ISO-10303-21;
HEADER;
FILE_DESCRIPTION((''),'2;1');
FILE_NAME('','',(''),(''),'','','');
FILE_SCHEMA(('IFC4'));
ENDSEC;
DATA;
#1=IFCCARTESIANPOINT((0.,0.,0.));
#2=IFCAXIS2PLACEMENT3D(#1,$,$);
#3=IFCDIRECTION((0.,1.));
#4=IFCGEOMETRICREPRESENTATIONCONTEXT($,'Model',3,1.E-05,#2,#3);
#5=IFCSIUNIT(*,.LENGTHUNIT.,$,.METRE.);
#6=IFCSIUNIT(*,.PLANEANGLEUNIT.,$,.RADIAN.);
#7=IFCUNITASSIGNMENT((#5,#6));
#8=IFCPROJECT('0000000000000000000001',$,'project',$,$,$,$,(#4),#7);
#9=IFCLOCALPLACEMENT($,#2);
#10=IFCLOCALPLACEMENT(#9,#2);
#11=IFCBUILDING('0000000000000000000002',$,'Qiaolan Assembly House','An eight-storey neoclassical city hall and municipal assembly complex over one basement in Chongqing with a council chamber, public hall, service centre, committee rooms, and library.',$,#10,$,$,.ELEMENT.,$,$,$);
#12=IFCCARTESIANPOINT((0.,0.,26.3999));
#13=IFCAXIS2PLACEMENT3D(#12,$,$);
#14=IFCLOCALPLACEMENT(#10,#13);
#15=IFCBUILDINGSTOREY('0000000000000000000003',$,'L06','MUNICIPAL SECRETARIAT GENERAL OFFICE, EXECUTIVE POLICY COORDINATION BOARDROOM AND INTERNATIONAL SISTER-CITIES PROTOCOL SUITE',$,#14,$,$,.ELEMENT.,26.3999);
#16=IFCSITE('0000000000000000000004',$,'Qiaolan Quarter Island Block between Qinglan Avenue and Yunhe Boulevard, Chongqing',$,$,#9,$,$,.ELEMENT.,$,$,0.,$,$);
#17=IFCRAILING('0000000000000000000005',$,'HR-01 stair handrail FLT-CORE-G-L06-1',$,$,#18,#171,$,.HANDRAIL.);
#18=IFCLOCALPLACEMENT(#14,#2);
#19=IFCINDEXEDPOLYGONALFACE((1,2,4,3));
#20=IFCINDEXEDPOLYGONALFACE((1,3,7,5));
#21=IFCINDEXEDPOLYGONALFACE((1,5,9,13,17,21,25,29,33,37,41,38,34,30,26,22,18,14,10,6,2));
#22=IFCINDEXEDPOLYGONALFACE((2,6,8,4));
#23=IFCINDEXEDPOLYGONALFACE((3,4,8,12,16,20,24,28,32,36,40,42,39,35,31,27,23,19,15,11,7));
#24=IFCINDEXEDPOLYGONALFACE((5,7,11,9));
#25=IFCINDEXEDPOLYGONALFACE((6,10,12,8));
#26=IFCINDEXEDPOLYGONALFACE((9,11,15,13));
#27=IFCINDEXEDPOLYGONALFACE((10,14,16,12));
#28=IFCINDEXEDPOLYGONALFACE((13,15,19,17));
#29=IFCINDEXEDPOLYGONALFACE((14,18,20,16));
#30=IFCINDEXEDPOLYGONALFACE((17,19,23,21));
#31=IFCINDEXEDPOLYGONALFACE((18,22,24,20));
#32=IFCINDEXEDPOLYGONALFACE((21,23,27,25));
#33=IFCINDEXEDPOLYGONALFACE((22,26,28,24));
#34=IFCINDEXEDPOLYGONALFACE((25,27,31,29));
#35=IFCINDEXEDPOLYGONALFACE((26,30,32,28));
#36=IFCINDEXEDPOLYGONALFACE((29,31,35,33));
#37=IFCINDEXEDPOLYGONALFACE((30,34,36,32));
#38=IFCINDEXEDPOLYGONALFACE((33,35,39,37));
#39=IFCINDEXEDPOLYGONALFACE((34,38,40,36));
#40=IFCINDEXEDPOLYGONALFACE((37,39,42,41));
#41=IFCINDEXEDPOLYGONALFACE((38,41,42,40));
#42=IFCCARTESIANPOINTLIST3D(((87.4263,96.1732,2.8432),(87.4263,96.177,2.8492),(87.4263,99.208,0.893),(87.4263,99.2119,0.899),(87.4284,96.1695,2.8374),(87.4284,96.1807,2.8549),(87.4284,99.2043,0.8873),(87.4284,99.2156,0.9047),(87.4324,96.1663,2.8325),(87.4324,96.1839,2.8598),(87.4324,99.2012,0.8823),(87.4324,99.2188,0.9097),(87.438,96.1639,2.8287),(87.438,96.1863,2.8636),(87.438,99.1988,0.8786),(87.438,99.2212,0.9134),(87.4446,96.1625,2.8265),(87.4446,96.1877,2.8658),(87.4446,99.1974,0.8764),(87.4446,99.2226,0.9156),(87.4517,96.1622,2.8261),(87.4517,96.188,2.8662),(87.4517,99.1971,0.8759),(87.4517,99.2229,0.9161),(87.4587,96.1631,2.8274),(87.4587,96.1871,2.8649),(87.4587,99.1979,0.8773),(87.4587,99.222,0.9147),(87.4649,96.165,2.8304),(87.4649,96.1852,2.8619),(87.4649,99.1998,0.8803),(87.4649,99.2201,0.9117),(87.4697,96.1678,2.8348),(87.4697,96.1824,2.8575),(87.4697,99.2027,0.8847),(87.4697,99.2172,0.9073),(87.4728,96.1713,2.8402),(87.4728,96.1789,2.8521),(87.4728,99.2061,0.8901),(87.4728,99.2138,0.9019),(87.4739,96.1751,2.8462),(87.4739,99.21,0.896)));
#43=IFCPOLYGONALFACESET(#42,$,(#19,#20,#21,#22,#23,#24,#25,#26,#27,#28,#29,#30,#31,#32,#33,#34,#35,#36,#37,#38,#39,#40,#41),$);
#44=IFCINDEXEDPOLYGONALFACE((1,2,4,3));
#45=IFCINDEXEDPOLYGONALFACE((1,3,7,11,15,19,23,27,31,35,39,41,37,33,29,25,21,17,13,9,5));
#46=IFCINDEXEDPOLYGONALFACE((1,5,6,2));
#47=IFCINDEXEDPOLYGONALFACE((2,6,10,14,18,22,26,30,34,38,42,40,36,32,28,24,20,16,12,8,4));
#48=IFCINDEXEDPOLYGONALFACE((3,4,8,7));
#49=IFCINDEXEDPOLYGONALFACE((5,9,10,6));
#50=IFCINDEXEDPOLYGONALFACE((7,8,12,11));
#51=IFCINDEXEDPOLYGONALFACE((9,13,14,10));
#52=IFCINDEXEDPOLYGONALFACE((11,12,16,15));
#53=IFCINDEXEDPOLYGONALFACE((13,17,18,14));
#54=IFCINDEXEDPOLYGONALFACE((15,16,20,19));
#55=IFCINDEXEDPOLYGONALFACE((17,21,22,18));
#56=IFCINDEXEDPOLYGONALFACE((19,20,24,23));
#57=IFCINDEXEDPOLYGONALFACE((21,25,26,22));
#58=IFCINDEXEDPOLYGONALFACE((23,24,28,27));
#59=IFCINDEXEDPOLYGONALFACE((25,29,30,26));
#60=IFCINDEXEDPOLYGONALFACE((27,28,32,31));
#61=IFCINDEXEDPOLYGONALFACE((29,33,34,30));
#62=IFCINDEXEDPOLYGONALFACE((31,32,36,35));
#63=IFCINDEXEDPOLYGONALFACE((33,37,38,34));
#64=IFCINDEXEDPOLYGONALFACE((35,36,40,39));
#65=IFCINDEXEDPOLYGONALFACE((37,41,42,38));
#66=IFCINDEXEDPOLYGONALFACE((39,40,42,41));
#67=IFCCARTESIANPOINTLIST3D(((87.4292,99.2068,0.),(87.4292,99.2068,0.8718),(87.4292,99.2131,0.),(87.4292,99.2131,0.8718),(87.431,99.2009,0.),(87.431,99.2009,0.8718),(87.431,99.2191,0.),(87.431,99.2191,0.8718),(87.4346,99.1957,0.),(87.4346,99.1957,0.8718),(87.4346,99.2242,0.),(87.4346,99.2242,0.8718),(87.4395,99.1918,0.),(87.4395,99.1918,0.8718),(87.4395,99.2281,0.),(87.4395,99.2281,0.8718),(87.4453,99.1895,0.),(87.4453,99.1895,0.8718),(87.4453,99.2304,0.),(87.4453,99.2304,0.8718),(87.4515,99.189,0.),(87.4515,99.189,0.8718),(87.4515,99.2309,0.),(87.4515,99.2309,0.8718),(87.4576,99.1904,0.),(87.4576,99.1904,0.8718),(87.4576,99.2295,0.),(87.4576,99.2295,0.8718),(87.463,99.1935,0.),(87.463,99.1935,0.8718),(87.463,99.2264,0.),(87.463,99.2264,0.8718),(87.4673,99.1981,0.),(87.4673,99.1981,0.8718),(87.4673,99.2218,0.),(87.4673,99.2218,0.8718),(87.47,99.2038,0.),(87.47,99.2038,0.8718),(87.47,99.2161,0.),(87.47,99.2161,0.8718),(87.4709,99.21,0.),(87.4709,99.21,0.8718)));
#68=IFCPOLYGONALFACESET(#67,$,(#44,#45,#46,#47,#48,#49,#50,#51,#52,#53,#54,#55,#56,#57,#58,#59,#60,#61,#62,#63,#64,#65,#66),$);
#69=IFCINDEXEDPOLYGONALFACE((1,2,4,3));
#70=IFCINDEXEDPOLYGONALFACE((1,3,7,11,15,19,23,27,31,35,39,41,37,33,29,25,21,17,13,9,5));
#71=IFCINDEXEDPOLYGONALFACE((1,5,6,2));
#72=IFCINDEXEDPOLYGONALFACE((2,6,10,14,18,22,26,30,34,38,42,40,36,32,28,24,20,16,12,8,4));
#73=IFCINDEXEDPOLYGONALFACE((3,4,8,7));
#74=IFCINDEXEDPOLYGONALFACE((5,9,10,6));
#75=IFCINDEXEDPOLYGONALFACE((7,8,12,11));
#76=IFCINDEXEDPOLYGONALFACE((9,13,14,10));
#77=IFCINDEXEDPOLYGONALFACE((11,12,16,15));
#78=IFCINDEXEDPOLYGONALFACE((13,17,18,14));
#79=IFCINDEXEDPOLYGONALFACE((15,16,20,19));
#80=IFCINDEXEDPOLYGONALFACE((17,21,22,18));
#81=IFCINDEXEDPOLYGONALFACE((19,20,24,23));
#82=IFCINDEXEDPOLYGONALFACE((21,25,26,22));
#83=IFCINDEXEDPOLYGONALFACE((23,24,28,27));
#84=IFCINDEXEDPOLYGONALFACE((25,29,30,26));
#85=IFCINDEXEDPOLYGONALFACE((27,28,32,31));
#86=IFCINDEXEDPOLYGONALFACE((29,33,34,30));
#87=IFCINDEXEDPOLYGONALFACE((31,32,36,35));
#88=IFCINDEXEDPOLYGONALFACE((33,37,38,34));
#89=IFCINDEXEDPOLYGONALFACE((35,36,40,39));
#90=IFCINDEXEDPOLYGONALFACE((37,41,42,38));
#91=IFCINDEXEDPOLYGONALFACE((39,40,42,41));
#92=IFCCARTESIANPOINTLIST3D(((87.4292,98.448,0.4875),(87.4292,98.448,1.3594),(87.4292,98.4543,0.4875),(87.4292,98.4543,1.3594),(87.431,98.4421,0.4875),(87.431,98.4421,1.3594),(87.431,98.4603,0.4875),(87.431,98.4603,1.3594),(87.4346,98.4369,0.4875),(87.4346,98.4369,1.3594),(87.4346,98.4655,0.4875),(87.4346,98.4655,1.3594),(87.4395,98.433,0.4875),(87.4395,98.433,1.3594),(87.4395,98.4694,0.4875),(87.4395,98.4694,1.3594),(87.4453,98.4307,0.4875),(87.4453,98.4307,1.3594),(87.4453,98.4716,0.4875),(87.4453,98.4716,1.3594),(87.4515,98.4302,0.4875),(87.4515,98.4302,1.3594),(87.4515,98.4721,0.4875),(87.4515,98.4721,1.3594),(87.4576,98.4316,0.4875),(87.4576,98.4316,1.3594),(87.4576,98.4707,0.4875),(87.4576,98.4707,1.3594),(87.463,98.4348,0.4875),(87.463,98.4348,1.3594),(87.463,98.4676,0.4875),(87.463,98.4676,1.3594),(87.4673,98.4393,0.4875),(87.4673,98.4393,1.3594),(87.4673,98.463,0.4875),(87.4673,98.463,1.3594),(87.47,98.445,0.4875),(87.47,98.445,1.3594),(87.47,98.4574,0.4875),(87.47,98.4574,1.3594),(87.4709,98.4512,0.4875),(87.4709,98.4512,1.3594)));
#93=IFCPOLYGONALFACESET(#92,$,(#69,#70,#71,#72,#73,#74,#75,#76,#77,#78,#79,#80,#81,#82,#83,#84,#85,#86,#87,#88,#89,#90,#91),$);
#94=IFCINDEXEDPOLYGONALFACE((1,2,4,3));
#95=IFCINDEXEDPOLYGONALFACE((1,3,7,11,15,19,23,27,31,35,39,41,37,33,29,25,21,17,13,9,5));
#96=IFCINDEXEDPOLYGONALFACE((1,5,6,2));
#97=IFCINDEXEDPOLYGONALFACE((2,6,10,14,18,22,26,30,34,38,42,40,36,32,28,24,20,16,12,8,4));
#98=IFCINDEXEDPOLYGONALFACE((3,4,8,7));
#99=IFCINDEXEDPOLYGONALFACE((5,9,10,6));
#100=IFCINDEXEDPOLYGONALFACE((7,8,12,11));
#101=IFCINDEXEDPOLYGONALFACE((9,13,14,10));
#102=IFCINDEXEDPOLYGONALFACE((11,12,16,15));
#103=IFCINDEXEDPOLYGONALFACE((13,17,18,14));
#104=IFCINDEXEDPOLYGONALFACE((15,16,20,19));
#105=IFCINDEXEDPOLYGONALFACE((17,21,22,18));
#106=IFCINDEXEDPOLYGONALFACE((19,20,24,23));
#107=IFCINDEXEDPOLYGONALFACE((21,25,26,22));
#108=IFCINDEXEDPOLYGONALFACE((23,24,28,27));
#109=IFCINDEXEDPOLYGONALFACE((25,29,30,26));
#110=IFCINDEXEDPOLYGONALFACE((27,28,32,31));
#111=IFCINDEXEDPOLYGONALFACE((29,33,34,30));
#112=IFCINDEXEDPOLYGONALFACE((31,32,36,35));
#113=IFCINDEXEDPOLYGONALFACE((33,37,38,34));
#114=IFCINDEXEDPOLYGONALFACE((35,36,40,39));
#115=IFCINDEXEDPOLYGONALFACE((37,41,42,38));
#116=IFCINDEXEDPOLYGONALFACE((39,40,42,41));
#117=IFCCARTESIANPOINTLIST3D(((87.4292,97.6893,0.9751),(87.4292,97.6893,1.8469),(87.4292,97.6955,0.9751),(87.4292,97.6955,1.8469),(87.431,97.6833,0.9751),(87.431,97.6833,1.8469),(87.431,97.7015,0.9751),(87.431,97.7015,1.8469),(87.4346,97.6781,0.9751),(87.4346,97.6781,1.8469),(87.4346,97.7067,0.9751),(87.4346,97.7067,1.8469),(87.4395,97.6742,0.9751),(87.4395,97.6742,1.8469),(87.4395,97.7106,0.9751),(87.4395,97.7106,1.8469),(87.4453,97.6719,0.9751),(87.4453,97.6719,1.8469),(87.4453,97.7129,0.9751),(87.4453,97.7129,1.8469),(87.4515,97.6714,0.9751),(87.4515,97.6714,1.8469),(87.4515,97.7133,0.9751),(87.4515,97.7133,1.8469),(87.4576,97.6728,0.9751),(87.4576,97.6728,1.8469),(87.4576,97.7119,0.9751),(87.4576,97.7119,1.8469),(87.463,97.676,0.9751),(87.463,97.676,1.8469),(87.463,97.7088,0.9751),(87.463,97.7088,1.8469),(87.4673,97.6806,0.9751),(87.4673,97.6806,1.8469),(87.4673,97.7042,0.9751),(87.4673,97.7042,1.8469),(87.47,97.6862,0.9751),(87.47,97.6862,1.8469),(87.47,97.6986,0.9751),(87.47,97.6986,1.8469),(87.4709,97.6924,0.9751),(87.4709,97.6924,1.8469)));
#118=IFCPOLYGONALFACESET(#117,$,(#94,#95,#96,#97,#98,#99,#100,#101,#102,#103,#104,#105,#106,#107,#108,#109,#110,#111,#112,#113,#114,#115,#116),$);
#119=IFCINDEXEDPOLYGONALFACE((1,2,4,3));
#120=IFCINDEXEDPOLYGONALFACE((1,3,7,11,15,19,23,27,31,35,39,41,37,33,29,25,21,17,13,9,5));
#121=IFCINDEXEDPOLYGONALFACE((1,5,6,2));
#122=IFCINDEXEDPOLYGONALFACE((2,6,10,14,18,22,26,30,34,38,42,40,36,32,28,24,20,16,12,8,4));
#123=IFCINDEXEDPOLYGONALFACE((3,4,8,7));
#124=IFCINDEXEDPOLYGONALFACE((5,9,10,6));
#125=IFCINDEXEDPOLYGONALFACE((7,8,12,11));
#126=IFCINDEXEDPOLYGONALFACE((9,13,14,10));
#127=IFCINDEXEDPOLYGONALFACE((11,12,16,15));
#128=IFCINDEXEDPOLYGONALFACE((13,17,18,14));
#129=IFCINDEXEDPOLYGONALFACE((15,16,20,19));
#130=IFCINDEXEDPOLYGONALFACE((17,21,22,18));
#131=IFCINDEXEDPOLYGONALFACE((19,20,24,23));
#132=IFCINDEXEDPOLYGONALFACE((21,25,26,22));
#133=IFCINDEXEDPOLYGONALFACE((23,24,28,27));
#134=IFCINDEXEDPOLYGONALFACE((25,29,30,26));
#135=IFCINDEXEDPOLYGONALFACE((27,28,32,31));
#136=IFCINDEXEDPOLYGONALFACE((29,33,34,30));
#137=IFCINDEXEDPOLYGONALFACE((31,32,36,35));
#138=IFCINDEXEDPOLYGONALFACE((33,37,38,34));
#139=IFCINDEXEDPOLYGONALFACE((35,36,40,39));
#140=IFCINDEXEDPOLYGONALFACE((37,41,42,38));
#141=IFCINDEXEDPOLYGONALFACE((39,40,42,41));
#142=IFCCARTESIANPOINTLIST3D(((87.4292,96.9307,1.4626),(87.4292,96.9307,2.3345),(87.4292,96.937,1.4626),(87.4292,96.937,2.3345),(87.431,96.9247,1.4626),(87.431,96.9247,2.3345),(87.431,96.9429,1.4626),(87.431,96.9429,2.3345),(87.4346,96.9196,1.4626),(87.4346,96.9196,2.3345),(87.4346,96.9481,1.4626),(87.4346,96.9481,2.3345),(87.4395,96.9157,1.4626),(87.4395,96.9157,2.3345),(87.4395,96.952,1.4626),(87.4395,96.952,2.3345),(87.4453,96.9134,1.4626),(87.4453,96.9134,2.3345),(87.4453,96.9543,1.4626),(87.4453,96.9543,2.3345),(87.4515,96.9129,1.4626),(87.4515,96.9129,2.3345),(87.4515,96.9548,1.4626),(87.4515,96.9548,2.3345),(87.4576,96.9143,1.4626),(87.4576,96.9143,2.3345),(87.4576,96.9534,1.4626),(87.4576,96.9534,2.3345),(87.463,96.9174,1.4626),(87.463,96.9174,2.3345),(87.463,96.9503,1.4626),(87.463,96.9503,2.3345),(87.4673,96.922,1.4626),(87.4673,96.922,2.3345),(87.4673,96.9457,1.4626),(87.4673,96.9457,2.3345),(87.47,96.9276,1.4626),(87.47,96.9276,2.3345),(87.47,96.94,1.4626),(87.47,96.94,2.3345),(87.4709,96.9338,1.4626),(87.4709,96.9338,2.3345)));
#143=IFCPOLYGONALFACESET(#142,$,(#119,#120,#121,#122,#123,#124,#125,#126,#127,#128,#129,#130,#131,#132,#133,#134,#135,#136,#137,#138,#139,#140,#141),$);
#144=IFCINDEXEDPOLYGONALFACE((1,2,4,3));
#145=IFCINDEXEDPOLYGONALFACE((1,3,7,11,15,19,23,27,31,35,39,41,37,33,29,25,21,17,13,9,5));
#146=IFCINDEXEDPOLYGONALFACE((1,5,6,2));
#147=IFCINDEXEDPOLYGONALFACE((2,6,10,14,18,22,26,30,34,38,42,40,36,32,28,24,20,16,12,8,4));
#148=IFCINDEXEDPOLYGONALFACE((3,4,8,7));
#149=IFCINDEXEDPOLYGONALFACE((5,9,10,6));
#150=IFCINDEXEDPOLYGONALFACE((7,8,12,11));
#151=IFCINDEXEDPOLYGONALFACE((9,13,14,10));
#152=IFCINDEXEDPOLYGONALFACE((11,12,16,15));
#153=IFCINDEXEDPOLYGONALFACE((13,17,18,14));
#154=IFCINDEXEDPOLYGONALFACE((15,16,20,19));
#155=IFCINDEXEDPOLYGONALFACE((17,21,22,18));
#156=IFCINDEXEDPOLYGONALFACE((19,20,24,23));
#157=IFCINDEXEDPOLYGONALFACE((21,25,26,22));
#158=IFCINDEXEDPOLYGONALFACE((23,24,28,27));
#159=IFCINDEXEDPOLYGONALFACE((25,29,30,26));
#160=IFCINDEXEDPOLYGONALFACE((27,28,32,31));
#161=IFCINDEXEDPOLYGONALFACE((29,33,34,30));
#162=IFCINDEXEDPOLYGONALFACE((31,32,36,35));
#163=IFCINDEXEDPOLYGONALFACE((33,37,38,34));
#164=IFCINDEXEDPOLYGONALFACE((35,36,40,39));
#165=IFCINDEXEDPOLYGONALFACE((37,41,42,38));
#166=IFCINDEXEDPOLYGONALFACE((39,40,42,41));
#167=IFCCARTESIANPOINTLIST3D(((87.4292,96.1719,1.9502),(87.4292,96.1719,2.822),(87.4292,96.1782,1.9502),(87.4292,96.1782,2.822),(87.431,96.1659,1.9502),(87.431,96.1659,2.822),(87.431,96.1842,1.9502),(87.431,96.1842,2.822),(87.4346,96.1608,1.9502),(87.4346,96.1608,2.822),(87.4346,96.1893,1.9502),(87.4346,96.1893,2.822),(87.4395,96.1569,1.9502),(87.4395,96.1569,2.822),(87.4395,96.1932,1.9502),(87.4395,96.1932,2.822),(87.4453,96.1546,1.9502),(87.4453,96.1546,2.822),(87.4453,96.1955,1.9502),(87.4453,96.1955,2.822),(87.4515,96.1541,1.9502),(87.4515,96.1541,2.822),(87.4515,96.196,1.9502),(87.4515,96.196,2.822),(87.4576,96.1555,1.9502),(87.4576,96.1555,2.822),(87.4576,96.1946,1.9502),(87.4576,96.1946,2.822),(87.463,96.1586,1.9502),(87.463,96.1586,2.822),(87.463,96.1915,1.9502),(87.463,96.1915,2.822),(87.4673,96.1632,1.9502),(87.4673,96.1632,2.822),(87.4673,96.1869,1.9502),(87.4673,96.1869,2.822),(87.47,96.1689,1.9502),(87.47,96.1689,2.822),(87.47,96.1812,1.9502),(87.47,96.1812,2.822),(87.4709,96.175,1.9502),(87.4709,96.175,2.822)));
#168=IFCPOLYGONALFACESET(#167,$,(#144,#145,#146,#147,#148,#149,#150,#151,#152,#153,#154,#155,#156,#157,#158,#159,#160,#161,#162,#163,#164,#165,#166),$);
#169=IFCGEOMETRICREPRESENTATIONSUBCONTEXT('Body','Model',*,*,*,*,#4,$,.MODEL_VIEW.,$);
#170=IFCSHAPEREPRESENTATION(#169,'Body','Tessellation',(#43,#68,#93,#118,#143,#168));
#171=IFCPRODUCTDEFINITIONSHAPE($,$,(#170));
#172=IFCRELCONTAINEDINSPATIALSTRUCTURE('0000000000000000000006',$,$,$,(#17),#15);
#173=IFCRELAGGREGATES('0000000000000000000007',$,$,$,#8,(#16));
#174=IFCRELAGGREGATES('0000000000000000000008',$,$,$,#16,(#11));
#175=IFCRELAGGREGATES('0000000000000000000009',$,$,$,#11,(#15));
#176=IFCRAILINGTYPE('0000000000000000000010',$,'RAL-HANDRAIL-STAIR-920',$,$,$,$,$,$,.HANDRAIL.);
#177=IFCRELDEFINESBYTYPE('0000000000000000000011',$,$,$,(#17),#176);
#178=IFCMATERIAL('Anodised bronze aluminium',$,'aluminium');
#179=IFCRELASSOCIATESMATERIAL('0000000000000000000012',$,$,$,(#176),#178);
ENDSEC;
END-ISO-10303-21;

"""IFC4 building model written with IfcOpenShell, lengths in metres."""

from ifc_helpers import new_model, si_unit, direction, frame, origin, origin_2d, place, context, subcontext, project, spatial, circle, extrude, material, type_object, element, save


model = new_model("IFC4")

# Units and contexts
model_context = context("Model", 3, precision=1e-05, world=origin(), true_north=direction((0.0, 1.0)))
body_context = subcontext(model_context, "Body", "Model", "MODEL_VIEW")
ifc_project = project(units=[si_unit("LENGTHUNIT", "METRE"), si_unit("PLANEANGLEUNIT", "RADIAN")], contexts=[model_context])

# Site, building, storey
site_placement = place(None, origin())
site = spatial("IfcSite", under=ifc_project, at=site_placement, Name="Qiaolan Quarter Island Block between Qinglan Avenue and Yunhe Boulevard, Chongqing", CompositionType="ELEMENT", RefElevation=0.0)
building_placement = place(site_placement, origin())
building = spatial("IfcBuilding", under=site, at=building_placement, Name="Qiaolan Assembly House", Description="An eight-storey neoclassical city hall and municipal assembly complex over one basement in Chongqing with a council chamber, public hall, service centre, committee rooms, and library.", CompositionType="ELEMENT")
storey_placement = place(building_placement, frame((0.0, 0.0, 26.3999)))
storey = spatial("IfcBuildingStorey", under=building, at=storey_placement, Name="L06", Description="MUNICIPAL SECRETARIAT GENERAL OFFICE, EXECUTIVE POLICY COORDINATION BOARDROOM AND INTERNATIONAL SISTER-CITIES PROTOCOL SUITE", CompositionType="ELEMENT", Elevation=26.3999)

# Railing
ifc_material_1 = material(Name="Anodised bronze aluminium", Category="aluminium")
railing_type_1 = type_object("IfcRailingType", Name="RAL-HANDRAIL-STAIR-920", PredefinedType="HANDRAIL", material=ifc_material_1)
railing_1_placement = place(storey_placement, frame((87.45, 99.21, 0.0)))
element("IfcRailing", 1, at=railing_1_placement, inside=storey, type_object=railing_type_1, Name="HR-01 stair handrail FLT-CORE-G-L06-1", PredefinedType="HANDRAIL", context=body_context, shape_type="SweptSolid", body=[
    extrude(circle(Radius=0.0239, at=origin_2d()), frame((0.0, 0.0, 0.896), z_axis=(0.0, -0.841282, 0.540597), x_axis=(1.0, 0.0, 0.0)), (0.0, 0.0, 1.0), 3.6074),
    extrude(circle(Radius=0.021, at=origin_2d()), origin(), (0.0, 0.0, 1.0), 0.8718),
    extrude(circle(Radius=0.021, at=origin_2d()), frame((0.0, -0.7588, 0.4875)), (0.0, 0.0, 1.0), 0.8718),
    extrude(circle(Radius=0.021, at=origin_2d()), frame((0.0, -1.5176, 0.9751)), (0.0, 0.0, 1.0), 0.8718),
    extrude(circle(Radius=0.021, at=origin_2d()), frame((0.0, -2.2761, 1.4626)), (0.0, 0.0, 1.0), 0.8718),
    extrude(circle(Radius=0.021, at=origin_2d()), frame((0.0, -3.0349, 1.9502)), (0.0, 0.0, 1.0), 0.8718),
])

save(model, "model.ifc")
